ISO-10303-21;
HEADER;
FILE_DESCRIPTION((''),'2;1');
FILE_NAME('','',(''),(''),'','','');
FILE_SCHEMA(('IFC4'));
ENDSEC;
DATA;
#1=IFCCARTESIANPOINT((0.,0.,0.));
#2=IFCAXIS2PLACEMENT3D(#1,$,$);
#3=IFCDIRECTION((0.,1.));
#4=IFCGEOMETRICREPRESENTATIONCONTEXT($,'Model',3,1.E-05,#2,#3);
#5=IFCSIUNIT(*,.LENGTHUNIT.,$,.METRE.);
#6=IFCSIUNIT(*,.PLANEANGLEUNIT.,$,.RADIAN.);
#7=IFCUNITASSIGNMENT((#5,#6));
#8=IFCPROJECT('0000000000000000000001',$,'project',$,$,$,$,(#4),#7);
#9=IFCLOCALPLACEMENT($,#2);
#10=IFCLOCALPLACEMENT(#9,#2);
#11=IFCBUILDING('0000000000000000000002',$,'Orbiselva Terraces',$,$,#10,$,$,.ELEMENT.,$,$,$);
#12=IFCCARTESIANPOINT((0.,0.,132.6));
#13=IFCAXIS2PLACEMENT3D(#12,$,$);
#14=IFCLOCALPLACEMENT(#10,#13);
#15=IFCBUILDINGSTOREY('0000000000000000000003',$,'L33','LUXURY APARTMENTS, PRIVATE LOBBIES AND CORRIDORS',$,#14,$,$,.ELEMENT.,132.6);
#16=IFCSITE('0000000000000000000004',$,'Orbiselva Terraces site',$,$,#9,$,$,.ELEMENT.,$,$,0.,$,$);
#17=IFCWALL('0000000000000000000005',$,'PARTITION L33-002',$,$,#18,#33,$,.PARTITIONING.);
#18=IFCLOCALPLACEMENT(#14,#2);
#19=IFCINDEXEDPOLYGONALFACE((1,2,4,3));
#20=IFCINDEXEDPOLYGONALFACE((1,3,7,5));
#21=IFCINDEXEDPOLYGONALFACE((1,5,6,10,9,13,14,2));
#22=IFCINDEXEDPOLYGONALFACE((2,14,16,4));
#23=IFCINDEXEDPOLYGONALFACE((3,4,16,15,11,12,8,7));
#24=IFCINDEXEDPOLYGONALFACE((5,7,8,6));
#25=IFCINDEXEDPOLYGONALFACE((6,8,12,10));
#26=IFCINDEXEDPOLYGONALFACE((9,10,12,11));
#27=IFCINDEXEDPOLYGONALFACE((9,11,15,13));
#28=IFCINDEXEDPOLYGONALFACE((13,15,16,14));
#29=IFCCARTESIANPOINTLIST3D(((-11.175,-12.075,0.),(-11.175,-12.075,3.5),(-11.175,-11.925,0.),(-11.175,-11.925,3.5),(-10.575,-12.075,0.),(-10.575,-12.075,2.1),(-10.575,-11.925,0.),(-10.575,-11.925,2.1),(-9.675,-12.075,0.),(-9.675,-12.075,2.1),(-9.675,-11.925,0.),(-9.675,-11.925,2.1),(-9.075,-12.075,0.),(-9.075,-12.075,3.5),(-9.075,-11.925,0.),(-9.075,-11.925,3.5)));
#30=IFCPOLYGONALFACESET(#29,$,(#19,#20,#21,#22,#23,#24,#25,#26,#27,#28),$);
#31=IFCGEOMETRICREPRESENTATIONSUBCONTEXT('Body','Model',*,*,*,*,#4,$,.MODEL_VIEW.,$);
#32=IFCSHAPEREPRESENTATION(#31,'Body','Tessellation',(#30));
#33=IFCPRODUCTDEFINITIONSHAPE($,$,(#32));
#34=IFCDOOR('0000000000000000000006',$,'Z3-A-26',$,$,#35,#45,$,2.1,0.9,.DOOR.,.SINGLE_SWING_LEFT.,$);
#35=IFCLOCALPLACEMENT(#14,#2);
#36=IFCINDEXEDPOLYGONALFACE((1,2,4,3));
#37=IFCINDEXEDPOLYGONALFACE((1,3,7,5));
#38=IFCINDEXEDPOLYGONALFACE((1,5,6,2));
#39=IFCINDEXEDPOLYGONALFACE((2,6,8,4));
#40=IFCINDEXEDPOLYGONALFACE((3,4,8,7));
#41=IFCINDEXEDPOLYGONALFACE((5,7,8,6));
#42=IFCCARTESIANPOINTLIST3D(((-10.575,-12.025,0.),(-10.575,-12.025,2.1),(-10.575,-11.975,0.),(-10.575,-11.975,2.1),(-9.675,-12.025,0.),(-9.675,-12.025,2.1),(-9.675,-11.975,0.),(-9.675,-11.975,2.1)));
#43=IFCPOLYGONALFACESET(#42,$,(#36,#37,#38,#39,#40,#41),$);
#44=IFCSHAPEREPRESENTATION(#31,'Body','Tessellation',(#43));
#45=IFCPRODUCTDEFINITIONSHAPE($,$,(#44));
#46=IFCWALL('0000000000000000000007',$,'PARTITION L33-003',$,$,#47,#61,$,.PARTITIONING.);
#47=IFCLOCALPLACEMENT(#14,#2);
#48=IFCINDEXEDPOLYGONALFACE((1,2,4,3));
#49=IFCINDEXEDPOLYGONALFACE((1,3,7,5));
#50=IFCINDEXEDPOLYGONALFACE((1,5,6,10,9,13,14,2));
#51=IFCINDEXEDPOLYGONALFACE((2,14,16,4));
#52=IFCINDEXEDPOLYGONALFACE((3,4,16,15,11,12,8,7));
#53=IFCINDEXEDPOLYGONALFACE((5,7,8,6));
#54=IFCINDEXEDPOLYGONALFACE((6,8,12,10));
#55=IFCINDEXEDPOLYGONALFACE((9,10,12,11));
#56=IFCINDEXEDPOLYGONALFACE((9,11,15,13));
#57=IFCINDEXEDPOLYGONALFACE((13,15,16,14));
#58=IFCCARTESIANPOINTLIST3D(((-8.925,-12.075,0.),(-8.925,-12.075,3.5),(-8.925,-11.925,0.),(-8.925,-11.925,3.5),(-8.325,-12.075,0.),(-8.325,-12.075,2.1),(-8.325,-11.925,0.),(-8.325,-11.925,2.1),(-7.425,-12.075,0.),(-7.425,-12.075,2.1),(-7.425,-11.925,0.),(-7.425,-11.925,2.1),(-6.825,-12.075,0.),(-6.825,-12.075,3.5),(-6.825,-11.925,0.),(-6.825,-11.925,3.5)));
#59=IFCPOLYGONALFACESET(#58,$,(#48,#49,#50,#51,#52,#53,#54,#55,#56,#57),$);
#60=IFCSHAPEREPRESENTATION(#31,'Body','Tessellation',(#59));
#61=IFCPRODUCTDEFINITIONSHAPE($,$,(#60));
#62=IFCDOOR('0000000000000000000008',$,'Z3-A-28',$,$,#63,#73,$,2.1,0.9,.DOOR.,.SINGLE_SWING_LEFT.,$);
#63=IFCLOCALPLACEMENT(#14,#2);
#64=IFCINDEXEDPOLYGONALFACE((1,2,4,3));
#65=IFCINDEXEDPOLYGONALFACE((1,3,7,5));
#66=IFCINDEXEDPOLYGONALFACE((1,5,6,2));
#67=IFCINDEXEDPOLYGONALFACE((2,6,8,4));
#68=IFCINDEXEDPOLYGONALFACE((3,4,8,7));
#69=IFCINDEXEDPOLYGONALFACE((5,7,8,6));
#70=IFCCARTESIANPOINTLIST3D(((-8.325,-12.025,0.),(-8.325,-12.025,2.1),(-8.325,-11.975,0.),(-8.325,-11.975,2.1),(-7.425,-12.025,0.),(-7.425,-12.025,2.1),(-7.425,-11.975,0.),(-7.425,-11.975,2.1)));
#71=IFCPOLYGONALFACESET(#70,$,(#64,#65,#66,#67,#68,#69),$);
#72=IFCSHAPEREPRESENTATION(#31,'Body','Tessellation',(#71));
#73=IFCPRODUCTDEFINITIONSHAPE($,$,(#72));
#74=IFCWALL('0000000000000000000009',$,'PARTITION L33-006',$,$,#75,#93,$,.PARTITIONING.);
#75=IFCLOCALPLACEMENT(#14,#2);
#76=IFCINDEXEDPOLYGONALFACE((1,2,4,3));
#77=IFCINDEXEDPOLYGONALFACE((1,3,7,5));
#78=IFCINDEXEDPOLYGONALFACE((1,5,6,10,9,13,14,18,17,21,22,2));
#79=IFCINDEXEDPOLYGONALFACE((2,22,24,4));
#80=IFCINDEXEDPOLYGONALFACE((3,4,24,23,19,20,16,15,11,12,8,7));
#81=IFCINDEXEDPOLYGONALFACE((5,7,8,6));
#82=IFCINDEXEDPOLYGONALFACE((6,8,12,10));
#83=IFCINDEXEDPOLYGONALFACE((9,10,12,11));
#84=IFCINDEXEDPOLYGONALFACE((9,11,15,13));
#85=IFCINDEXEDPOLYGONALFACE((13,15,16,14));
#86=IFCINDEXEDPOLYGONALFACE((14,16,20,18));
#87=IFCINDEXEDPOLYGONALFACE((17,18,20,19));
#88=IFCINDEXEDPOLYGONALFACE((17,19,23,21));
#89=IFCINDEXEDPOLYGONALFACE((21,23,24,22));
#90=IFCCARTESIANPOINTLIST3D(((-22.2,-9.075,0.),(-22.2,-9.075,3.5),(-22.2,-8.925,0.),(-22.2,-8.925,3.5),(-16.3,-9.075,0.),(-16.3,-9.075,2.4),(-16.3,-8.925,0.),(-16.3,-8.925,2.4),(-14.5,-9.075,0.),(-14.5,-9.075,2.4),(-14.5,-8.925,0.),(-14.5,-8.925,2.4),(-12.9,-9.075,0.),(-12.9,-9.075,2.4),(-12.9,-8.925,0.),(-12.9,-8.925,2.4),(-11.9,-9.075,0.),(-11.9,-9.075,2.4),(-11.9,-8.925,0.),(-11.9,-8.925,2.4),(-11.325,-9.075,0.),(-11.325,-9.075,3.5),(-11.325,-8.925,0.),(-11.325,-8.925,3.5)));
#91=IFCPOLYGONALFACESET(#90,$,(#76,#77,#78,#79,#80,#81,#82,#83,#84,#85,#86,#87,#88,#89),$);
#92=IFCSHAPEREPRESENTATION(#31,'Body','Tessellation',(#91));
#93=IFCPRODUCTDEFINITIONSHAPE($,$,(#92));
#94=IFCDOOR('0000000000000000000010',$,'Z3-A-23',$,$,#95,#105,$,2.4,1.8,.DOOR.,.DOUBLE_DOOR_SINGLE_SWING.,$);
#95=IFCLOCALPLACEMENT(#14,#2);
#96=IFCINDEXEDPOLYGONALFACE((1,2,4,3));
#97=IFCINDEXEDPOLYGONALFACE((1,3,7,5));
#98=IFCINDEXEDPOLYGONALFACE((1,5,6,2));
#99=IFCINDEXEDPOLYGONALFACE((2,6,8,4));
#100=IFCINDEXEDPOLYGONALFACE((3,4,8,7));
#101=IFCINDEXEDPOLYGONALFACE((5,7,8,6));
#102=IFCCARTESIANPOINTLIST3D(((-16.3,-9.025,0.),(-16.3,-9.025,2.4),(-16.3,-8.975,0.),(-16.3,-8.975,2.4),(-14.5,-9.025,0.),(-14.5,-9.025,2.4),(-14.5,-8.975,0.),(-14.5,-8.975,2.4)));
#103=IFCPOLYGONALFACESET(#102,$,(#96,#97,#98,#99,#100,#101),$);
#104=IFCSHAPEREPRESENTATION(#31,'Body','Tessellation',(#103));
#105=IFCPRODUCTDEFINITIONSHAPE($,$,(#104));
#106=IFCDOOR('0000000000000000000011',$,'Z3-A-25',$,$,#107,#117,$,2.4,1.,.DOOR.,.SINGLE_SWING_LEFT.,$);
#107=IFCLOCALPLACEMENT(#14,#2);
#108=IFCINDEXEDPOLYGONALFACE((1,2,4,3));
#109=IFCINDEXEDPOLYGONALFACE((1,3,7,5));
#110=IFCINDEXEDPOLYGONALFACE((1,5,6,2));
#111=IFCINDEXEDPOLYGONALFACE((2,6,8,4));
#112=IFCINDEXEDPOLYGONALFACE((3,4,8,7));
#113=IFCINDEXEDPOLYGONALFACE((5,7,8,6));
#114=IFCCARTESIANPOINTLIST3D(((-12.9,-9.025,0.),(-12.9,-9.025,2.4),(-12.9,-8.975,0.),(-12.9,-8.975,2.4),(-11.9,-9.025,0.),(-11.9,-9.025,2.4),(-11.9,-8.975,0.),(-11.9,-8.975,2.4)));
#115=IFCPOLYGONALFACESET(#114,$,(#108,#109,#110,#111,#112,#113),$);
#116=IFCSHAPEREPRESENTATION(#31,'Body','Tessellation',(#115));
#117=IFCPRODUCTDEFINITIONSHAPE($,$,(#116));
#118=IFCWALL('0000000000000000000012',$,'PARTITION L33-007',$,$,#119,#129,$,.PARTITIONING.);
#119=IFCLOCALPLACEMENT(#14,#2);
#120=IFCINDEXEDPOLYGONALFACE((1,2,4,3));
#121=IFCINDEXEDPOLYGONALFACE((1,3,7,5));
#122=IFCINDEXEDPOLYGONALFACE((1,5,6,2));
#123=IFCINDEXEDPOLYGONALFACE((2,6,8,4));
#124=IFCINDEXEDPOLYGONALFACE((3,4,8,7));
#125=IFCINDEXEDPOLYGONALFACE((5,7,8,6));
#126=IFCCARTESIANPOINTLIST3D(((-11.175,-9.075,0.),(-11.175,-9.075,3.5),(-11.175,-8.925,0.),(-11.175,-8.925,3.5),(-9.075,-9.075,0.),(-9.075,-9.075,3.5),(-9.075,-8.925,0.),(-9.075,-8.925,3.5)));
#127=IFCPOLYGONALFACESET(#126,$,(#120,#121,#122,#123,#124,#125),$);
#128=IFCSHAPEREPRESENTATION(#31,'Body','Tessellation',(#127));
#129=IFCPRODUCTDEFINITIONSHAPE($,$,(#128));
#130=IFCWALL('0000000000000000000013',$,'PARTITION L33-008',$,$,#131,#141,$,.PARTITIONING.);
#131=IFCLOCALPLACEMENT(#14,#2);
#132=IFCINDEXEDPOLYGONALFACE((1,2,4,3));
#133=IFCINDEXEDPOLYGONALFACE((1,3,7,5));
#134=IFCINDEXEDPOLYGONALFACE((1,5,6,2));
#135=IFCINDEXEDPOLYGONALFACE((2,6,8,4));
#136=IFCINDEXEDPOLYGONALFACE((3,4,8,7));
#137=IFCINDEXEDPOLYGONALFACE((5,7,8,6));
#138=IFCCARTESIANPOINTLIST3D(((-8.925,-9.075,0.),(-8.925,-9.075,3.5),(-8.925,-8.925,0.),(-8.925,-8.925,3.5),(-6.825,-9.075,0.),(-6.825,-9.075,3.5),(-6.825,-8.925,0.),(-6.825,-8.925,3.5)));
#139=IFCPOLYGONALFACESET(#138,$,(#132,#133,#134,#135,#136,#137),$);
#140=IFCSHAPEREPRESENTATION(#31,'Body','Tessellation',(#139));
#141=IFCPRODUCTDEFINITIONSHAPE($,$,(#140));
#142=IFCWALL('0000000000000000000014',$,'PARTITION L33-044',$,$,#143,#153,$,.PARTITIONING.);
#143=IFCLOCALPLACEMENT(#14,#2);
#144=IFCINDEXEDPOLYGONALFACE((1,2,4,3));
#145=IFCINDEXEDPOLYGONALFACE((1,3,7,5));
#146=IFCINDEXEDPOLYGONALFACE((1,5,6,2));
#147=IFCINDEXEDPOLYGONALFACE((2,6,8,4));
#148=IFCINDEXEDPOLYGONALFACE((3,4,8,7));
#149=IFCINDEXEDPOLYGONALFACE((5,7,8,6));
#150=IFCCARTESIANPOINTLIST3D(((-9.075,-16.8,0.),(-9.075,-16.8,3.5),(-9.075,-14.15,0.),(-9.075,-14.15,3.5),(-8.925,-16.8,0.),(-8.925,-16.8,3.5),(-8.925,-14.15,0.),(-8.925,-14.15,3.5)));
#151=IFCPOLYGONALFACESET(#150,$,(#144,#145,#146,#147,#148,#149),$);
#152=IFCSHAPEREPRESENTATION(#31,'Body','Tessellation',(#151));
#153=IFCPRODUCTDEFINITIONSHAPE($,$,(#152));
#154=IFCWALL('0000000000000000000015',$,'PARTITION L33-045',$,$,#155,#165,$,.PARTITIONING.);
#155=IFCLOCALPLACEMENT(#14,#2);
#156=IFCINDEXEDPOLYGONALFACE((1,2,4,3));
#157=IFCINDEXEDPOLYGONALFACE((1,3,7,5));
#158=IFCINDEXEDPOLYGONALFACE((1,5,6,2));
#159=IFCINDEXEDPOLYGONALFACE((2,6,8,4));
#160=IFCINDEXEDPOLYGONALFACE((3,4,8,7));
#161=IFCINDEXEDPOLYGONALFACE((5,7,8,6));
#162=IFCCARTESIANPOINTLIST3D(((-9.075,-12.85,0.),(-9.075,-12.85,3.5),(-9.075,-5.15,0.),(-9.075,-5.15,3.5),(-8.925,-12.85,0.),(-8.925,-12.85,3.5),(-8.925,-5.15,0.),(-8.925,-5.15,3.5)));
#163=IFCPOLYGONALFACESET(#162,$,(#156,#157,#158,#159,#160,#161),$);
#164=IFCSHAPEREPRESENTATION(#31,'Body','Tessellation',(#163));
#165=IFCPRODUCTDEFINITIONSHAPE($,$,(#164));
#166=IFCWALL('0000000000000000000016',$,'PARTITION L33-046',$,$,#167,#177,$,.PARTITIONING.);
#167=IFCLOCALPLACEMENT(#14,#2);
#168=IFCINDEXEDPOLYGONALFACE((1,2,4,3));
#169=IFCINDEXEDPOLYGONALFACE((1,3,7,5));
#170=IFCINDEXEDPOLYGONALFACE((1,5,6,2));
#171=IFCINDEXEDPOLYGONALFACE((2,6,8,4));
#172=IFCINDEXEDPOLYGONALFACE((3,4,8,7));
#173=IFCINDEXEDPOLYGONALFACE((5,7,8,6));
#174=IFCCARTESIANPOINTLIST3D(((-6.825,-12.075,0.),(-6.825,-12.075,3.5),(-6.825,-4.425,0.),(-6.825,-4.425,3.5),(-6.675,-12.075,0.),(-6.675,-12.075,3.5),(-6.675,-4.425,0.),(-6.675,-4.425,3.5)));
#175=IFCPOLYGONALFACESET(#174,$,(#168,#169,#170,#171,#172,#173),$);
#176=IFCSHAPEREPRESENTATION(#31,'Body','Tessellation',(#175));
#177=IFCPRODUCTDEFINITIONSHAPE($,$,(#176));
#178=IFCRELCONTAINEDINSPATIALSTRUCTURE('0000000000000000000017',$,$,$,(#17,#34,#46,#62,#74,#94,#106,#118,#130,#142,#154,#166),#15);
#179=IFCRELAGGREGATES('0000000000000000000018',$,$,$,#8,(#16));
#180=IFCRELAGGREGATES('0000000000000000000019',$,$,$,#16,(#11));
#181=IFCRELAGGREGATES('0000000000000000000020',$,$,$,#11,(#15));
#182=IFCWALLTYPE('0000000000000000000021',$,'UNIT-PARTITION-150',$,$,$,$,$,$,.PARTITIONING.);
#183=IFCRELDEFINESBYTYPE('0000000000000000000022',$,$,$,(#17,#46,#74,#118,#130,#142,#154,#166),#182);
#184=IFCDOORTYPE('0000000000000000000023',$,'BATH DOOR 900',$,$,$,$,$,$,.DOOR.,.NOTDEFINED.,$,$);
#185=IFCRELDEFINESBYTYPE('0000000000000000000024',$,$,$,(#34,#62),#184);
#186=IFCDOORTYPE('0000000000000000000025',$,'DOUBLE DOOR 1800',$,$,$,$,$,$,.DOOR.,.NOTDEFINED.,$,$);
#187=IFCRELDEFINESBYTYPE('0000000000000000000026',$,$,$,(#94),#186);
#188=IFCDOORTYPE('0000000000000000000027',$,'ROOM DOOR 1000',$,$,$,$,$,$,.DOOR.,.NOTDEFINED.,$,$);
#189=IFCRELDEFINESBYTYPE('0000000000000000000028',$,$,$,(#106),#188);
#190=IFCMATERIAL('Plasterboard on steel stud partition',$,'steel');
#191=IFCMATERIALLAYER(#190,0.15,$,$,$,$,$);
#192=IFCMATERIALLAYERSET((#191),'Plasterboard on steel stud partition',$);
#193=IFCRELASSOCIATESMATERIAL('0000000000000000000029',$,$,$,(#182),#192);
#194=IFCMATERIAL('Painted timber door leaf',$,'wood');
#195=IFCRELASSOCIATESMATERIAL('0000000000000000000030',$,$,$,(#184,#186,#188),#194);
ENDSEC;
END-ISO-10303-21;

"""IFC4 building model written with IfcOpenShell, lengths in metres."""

from ifc_helpers import new_model, si_unit, direction, frame, frame_2d, origin, place, context, subcontext, project, spatial, rectangle, extrude, material, layer, layer_set, type_object, element, fill, save


model = new_model("IFC4")

# Units and contexts
model_context = context("Model", 3, precision=1e-05, world=origin(), true_north=direction((0.0, 1.0)))
body_context = subcontext(model_context, "Body", "Model", "MODEL_VIEW")
ifc_project = project(units=[si_unit("LENGTHUNIT", "METRE"), si_unit("PLANEANGLEUNIT", "RADIAN")], contexts=[model_context])

# Site, building, storey
site_placement = place(None, origin())
site = spatial("IfcSite", under=ifc_project, at=site_placement, Name="Orbiselva Terraces site", CompositionType="ELEMENT", RefElevation=0.0)
building_placement = place(site_placement, origin())
building = spatial("IfcBuilding", under=site, at=building_placement, Name="Orbiselva Terraces", CompositionType="ELEMENT")
storey_placement = place(building_placement, frame((0.0, 0.0, 132.6)))
storey = spatial("IfcBuildingStorey", under=building, at=storey_placement, Name="L33", Description="LUXURY APARTMENTS, PRIVATE LOBBIES AND CORRIDORS", CompositionType="ELEMENT", Elevation=132.6)

# Walls, openings, doors
ifc_material_1 = material(Name="Plasterboard on steel stud partition", Category="steel")
ifc_layer_1 = layer(ifc_material_1, 0.15)
ifc_layer_set_1 = layer_set([ifc_layer_1], Name="Plasterboard on steel stud partition")
wall_type_1 = type_object("IfcWallType", Name="UNIT-PARTITION-150", PredefinedType="PARTITIONING", material=ifc_layer_set_1)
wall_1_placement = place(storey_placement, frame((-11.175, -12.0, 0.0), z_axis=(0.0, 0.0, 1.0), x_axis=(1.0, 0.0, 0.0)))
wall_1 = element("IfcWall", 1, at=wall_1_placement, inside=storey, type_object=wall_type_1, Name="PARTITION L33-002", PredefinedType="PARTITIONING", context=body_context, shape_type="SweptSolid", body=[
    extrude(rectangle(XDim=2.1, YDim=0.15, at=frame_2d((1.05, 0.0))), origin(), (0.0, 0.0, 1.0), 3.5),
])
opening_1_placement = place(wall_1_placement, frame((0.6, 0.0, 0.0)))
opening_1 = element("IfcOpeningElement", 2, at=opening_1_placement, cuts=wall_1, PredefinedType="OPENING", context=body_context, shape_type="SweptSolid", body=[
    extrude(rectangle(XDim=0.9, YDim=2.1, at=frame_2d((0.45, 1.05))), frame((0.0, 0.085, 0.0), z_axis=(0.0, -1.0, 0.0), x_axis=(1.0, 0.0, 0.0)), (0.0, 0.0, 1.0), 0.17),
])
ifc_material_2 = material(Name="Painted timber door leaf", Category="wood")
door_type_1 = type_object("IfcDoorType", Name="BATH DOOR 900", OperationType="NOTDEFINED", PredefinedType="DOOR", material=ifc_material_2)
door_1_placement = place(opening_1_placement, origin())
door_1 = element("IfcDoor", 3, at=door_1_placement, inside=storey, type_object=door_type_1, Name="Z3-A-26", OperationType="SINGLE_SWING_LEFT", OverallHeight=2.1, OverallWidth=0.9, PredefinedType="DOOR", context=body_context, shape_type="SweptSolid", body=[
    extrude(rectangle(XDim=0.9, YDim=2.1, at=frame_2d((0.45, 1.05))), frame((0.0, 0.025, 0.0), z_axis=(0.0, -1.0, 0.0), x_axis=(1.0, 0.0, 0.0)), (0.0, 0.0, 1.0), 0.05),
])
fill(opening_1, door_1)
wall_2_placement = place(storey_placement, frame((-8.925, -12.0, 0.0), z_axis=(0.0, 0.0, 1.0), x_axis=(1.0, 0.0, 0.0)))
wall_2 = element("IfcWall", 4, at=wall_2_placement, inside=storey, type_object=wall_type_1, Name="PARTITION L33-003", PredefinedType="PARTITIONING", context=body_context, shape_type="SweptSolid", body=[
    extrude(rectangle(XDim=2.1, YDim=0.15, at=frame_2d((1.05, 0.0))), origin(), (0.0, 0.0, 1.0), 3.5),
])
opening_2_placement = place(wall_2_placement, frame((0.6, 0.0, 0.0)))
opening_2 = element("IfcOpeningElement", 5, at=opening_2_placement, cuts=wall_2, PredefinedType="OPENING", context=body_context, shape_type="SweptSolid", body=[
    extrude(rectangle(XDim=0.9, YDim=2.1, at=frame_2d((0.45, 1.05))), frame((0.0, 0.085, 0.0), z_axis=(0.0, -1.0, 0.0), x_axis=(1.0, 0.0, 0.0)), (0.0, 0.0, 1.0), 0.17),
])
door_2_placement = place(opening_2_placement, origin())
door_2 = element("IfcDoor", 6, at=door_2_placement, inside=storey, type_object=door_type_1, Name="Z3-A-28", OperationType="SINGLE_SWING_LEFT", OverallHeight=2.1, OverallWidth=0.9, PredefinedType="DOOR", context=body_context, shape_type="SweptSolid", body=[
    extrude(rectangle(XDim=0.9, YDim=2.1, at=frame_2d((0.45, 1.05))), frame((0.0, 0.025, 0.0), z_axis=(0.0, -1.0, 0.0), x_axis=(1.0, 0.0, 0.0)), (0.0, 0.0, 1.0), 0.05),
])
fill(opening_2, door_2)

# Wall, openings, doors
wall_3_placement = place(storey_placement, frame((-11.325, -9.0, 0.0), z_axis=(0.0, 0.0, 1.0), x_axis=(-1.0, 0.0, 0.0)))
wall_3 = element("IfcWall", 7, at=wall_3_placement, inside=storey, type_object=wall_type_1, Name="PARTITION L33-006", PredefinedType="PARTITIONING", context=body_context, shape_type="SweptSolid", body=[
    extrude(rectangle(XDim=10.875, YDim=0.15, at=frame_2d((5.4375, 0.0))), origin(), (0.0, 0.0, 1.0), 3.5),
])
opening_3_placement = place(wall_3_placement, frame((3.175, 0.0, 0.0)))
opening_3 = element("IfcOpeningElement", 8, at=opening_3_placement, cuts=wall_3, PredefinedType="OPENING", context=body_context, shape_type="SweptSolid", body=[
    extrude(rectangle(XDim=1.8, YDim=2.4, at=frame_2d((0.9, 1.2))), frame((0.0, 0.085, 0.0), z_axis=(0.0, -1.0, 0.0), x_axis=(1.0, 0.0, 0.0)), (0.0, 0.0, 1.0), 0.17),
])
opening_4_placement = place(wall_3_placement, frame((0.575, 0.0, 0.0)))
opening_4 = element("IfcOpeningElement", 9, at=opening_4_placement, cuts=wall_3, PredefinedType="OPENING", context=body_context, shape_type="SweptSolid", body=[
    extrude(rectangle(XDim=1.0, YDim=2.4, at=frame_2d((0.5, 1.2))), frame((0.0, 0.085, 0.0), z_axis=(0.0, -1.0, 0.0), x_axis=(1.0, 0.0, 0.0)), (0.0, 0.0, 1.0), 0.17),
])
door_type_2 = type_object("IfcDoorType", Name="DOUBLE DOOR 1800", OperationType="NOTDEFINED", PredefinedType="DOOR", material=ifc_material_2)
door_3_placement = place(opening_3_placement, origin())
door_3 = element("IfcDoor", 10, at=door_3_placement, inside=storey, type_object=door_type_2, Name="Z3-A-23", OperationType="DOUBLE_DOOR_SINGLE_SWING", OverallHeight=2.4, OverallWidth=1.8, PredefinedType="DOOR", context=body_context, shape_type="SweptSolid", body=[
    extrude(rectangle(XDim=1.8, YDim=2.4, at=frame_2d((0.9, 1.2))), frame((0.0, 0.025, 0.0), z_axis=(0.0, -1.0, 0.0), x_axis=(1.0, 0.0, 0.0)), (0.0, 0.0, 1.0), 0.05),
])
fill(opening_3, door_3)
door_type_3 = type_object("IfcDoorType", Name="ROOM DOOR 1000", OperationType="NOTDEFINED", PredefinedType="DOOR", material=ifc_material_2)
door_4_placement = place(opening_4_placement, origin())
door_4 = element("IfcDoor", 11, at=door_4_placement, inside=storey, type_object=door_type_3, Name="Z3-A-25", OperationType="SINGLE_SWING_LEFT", OverallHeight=2.4, OverallWidth=1.0, PredefinedType="DOOR", context=body_context, shape_type="SweptSolid", body=[
    extrude(rectangle(XDim=1.0, YDim=2.4, at=frame_2d((0.5, 1.2))), frame((0.0, 0.025, 0.0), z_axis=(0.0, -1.0, 0.0), x_axis=(1.0, 0.0, 0.0)), (0.0, 0.0, 1.0), 0.05),
])
fill(opening_4, door_4)

# Walls
for number, where, z_axis, x_axis, name in (
    (12, (-11.175, -9.0, 0.0), (0.0, 0.0, 1.0), (1.0, 0.0, 0.0), "PARTITION L33-007"),
    (13, (-8.925, -9.0, 0.0), (0.0, 0.0, 1.0), (1.0, 0.0, 0.0), "PARTITION L33-008"),
):
    element("IfcWall", number, at=place(storey_placement, frame(where, z_axis=z_axis, x_axis=x_axis)), inside=storey, type_object=wall_type_1, Name=name, PredefinedType="PARTITIONING", context=body_context, shape_type="SweptSolid", body=[
        extrude(rectangle(XDim=2.1, YDim=0.15, at=frame_2d((1.05, 0.0))), origin(), (0.0, 0.0, 1.0), 3.5),
    ])
wall_4_placement = place(storey_placement, frame((-9.0, -16.8, 0.0), z_axis=(0.0, 0.0, 1.0), x_axis=(0.0, 1.0, 0.0)))
element("IfcWall", 14, at=wall_4_placement, inside=storey, type_object=wall_type_1, Name="PARTITION L33-044", PredefinedType="PARTITIONING", context=body_context, shape_type="SweptSolid", body=[
    extrude(rectangle(XDim=2.65, YDim=0.15, at=frame_2d((1.325, 0.0))), origin(), (0.0, 0.0, 1.0), 3.5),
])
wall_5_placement = place(storey_placement, frame((-9.0, -12.85, 0.0), z_axis=(0.0, 0.0, 1.0), x_axis=(0.0, 1.0, 0.0)))
element("IfcWall", 15, at=wall_5_placement, inside=storey, type_object=wall_type_1, Name="PARTITION L33-045", PredefinedType="PARTITIONING", context=body_context, shape_type="SweptSolid", body=[
    extrude(rectangle(XDim=7.7, YDim=0.15, at=frame_2d((3.85, 0.0))), origin(), (0.0, 0.0, 1.0), 3.5),
])
wall_6_placement = place(storey_placement, frame((-6.75, -12.075, 0.0), z_axis=(0.0, 0.0, 1.0), x_axis=(0.0, 1.0, 0.0)))
element("IfcWall", 16, at=wall_6_placement, inside=storey, type_object=wall_type_1, Name="PARTITION L33-046", PredefinedType="PARTITIONING", context=body_context, shape_type="SweptSolid", body=[
    extrude(rectangle(XDim=7.65, YDim=0.15, at=frame_2d((3.825, 0.0))), origin(), (0.0, 0.0, 1.0), 3.5),
])

save(model, "model.ifc")
